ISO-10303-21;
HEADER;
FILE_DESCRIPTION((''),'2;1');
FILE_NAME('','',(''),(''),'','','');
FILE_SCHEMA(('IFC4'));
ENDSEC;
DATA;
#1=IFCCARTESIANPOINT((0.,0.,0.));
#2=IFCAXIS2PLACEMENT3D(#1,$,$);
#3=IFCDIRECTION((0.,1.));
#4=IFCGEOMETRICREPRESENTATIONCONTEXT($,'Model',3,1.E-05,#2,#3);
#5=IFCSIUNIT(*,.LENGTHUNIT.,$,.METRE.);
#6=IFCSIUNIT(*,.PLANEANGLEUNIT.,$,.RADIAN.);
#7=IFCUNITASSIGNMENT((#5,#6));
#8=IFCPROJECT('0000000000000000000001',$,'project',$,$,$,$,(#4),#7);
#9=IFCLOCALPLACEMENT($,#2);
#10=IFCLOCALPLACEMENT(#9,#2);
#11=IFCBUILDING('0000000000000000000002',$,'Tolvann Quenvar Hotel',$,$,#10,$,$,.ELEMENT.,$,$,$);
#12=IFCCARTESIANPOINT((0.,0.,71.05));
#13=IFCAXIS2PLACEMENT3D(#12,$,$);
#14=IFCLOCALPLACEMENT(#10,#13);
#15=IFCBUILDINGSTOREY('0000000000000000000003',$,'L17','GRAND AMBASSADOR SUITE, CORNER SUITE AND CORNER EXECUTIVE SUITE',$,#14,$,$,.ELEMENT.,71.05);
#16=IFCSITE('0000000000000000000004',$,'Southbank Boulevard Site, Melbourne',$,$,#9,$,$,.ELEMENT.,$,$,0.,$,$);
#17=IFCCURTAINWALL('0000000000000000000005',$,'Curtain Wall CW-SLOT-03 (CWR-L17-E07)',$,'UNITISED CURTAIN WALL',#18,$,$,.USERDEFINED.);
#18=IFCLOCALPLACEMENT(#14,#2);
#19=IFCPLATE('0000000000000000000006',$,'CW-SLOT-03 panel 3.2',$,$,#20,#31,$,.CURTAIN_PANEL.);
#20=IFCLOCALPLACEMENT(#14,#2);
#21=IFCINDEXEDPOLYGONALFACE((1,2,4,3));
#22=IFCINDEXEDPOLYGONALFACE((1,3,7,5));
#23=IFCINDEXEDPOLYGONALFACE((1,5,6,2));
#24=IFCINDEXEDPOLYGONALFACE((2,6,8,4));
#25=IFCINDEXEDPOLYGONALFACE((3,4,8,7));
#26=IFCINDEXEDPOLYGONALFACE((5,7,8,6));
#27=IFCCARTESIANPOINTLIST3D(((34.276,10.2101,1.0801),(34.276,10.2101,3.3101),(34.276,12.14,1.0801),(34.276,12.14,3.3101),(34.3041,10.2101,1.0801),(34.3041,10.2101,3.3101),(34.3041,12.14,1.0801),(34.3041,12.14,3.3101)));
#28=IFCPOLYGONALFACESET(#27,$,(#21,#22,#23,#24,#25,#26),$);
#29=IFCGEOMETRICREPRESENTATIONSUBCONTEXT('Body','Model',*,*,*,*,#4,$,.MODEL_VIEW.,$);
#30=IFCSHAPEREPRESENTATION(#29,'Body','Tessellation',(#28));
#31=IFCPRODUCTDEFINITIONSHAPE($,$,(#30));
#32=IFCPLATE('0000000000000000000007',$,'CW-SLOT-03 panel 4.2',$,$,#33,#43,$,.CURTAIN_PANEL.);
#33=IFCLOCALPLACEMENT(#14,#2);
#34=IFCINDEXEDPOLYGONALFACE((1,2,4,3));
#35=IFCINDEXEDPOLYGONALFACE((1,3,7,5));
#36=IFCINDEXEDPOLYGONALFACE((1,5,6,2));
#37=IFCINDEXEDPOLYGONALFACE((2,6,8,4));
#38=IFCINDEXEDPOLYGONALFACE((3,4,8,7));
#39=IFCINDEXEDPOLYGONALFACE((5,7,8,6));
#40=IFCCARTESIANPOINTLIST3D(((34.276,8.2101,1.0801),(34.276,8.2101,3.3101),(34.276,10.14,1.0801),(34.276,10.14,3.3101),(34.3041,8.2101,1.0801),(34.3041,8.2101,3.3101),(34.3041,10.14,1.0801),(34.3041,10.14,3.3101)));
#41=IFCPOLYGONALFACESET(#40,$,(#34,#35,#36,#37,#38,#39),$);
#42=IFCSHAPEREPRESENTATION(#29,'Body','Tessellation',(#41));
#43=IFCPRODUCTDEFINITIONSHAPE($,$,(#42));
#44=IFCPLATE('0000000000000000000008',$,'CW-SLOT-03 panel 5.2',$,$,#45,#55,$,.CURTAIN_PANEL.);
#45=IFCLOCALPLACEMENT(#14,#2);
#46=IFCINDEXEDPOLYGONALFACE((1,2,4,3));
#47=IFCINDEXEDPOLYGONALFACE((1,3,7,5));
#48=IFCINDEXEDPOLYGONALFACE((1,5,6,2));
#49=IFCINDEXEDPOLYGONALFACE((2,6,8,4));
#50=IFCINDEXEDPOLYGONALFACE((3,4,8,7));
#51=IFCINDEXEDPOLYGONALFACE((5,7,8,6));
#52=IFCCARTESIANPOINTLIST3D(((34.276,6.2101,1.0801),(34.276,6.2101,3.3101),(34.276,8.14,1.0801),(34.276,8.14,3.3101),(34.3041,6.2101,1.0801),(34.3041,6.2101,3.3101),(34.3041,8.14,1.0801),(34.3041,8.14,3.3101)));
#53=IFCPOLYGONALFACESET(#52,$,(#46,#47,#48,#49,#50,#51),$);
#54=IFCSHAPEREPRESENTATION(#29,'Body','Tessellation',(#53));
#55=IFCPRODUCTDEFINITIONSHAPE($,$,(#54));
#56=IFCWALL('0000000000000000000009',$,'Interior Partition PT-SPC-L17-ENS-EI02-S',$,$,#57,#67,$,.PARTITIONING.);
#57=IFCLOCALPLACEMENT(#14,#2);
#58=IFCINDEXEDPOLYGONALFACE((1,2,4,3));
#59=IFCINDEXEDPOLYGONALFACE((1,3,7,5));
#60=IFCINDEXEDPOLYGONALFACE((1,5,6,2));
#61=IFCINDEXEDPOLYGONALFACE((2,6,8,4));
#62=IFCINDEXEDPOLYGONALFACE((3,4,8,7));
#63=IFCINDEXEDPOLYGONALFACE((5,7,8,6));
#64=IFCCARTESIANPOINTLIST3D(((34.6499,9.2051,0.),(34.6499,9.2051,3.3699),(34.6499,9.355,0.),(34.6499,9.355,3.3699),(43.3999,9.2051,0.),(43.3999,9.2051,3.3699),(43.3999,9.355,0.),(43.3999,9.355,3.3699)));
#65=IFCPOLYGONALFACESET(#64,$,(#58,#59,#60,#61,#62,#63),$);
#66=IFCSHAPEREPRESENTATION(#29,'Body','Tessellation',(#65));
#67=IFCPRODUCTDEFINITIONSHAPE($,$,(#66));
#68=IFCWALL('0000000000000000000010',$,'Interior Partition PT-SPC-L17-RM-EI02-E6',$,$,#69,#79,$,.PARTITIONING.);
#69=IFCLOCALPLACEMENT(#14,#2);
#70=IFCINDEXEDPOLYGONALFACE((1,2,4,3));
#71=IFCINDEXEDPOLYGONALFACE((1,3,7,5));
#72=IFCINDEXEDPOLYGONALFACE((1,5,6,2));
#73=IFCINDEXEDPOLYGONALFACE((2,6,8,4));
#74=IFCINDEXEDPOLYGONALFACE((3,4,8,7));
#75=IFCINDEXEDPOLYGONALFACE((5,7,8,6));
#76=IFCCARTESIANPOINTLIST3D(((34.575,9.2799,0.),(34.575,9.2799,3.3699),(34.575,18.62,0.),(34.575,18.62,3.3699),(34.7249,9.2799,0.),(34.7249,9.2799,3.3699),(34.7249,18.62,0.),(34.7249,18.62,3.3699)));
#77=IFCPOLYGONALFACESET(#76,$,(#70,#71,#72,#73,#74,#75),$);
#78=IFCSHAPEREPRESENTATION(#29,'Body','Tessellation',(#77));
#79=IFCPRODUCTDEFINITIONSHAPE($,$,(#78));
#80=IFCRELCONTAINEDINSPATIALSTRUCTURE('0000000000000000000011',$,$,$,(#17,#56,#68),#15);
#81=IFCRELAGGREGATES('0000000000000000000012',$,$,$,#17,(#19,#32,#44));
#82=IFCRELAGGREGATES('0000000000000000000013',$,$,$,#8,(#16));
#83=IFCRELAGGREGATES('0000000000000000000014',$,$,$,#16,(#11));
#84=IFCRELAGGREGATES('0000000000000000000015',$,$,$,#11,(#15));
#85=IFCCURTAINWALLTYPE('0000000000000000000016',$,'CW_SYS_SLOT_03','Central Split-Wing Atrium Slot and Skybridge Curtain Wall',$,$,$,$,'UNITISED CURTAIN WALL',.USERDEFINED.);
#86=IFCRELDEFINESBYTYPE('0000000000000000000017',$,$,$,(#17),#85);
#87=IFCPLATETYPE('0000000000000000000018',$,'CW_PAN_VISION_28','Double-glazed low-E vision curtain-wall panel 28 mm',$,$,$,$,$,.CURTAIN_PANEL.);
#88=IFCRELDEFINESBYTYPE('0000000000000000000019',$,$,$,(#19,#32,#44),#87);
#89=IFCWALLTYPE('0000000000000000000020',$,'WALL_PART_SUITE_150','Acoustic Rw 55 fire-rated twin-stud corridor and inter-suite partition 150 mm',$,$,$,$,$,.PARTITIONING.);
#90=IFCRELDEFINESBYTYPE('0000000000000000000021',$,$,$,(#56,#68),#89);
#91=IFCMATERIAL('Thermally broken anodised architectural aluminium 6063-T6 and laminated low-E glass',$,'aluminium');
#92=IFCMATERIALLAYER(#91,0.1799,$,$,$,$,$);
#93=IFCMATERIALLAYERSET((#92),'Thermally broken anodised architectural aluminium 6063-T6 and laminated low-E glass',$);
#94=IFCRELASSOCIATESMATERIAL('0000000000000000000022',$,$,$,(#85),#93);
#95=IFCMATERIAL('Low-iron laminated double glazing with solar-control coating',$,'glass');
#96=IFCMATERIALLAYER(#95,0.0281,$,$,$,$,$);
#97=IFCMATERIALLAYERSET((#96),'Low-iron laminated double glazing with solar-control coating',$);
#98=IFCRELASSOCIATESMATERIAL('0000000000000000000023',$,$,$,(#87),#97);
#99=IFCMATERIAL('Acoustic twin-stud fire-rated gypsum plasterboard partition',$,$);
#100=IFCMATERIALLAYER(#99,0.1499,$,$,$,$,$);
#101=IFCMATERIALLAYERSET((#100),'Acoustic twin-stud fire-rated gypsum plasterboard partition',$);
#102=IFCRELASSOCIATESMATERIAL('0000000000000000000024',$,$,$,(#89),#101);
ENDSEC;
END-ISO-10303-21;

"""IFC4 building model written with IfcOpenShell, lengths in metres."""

from ifc_helpers import new_model, si_unit, direction, frame, frame_2d, origin, origin_2d, place, context, subcontext, project, spatial, rectangle, extrude, source, transform, mapped, material, layer, layer_set, type_object, element, aggregate, save


model = new_model("IFC4")

# Units and contexts
model_context = context("Model", 3, precision=1e-05, world=origin(), true_north=direction((0.0, 1.0)))
body_context = subcontext(model_context, "Body", "Model", "MODEL_VIEW")
ifc_project = project(units=[si_unit("LENGTHUNIT", "METRE"), si_unit("PLANEANGLEUNIT", "RADIAN")], contexts=[model_context])

# Site, building, storey
site_placement = place(None, origin())
site = spatial("IfcSite", under=ifc_project, at=site_placement, Name="Southbank Boulevard Site, Melbourne", CompositionType="ELEMENT", RefElevation=0.0)
building_placement = place(site_placement, origin())
building = spatial("IfcBuilding", under=site, at=building_placement, Name="Tolvann Quenvar Hotel", CompositionType="ELEMENT")
storey_placement = place(building_placement, frame((0.0, 0.0, 71.05)))
storey = spatial("IfcBuildingStorey", under=building, at=storey_placement, Name="L17", Description="GRAND AMBASSADOR SUITE, CORNER SUITE AND CORNER EXECUTIVE SUITE", CompositionType="ELEMENT", Elevation=71.05)

# Curtain wall
ifc_material_1 = material(Name="Thermally broken anodised architectural aluminium 6063-T6 and laminated low-E glass", Category="aluminium")
ifc_layer_1 = layer(ifc_material_1, 0.1799)
ifc_layer_set_1 = layer_set([ifc_layer_1], Name="Thermally broken anodised architectural aluminium 6063-T6 and laminated low-E glass")
curtain_wall_type = type_object("IfcCurtainWallType", Name="CW_SYS_SLOT_03", Description="Central Split-Wing Atrium Slot and Skybridge Curtain Wall", ElementType="UNITISED CURTAIN WALL", PredefinedType="USERDEFINED", material=ifc_layer_set_1)
curtain_wall_placement = place(storey_placement, origin())
curtain_wall = element("IfcCurtainWall", 1, at=curtain_wall_placement, inside=storey, type_object=curtain_wall_type, Name="Curtain Wall CW-SLOT-03 (CWR-L17-E07)", ObjectType="UNITISED CURTAIN WALL", PredefinedType="USERDEFINED")

# Plates
ifc_material_2 = material(Name="Low-iron laminated double glazing with solar-control coating", Category="glass")
ifc_layer_2 = layer(ifc_material_2, 0.0281)
ifc_layer_set_2 = layer_set([ifc_layer_2], Name="Low-iron laminated double glazing with solar-control coating")
plate_type_1 = type_object("IfcPlateType", Name="CW_PAN_VISION_28", Description="Double-glazed low-E vision curtain-wall panel 28 mm", PredefinedType="CURTAIN_PANEL", material=ifc_layer_set_2)
shared_shape_1 = source(origin(), body_context, "Body", "SweptSolid", [
    extrude(rectangle(XDim=1.9299, YDim=0.0281, at=origin_2d()), origin(), (0.0, 0.0, 1.0), 2.23),
])
plate_1_placement = place(storey_placement, frame((34.29, 11.175, 1.0801), z_axis=(0.0, 0.0, 1.0), x_axis=(0.0, -1.0, 0.0)))
plate_1 = element("IfcPlate", 2, at=plate_1_placement, type_object=plate_type_1, Name="CW-SLOT-03 panel 3.2", PredefinedType="CURTAIN_PANEL", context=body_context, shape_type="MappedRepresentation", body=[
    mapped(shared_shape_1, transform((0.0, 0.0, 0.0), x_axis=(1.0, 0.0, 0.0), y_axis=(0.0, 1.0, 0.0), z_axis=(0.0, 0.0, 1.0), scale=1.0)),
])
plate_2_placement = place(storey_placement, frame((34.29, 9.175, 1.0801), z_axis=(0.0, 0.0, 1.0), x_axis=(0.0, -1.0, 0.0)))
plate_2 = element("IfcPlate", 3, at=plate_2_placement, type_object=plate_type_1, Name="CW-SLOT-03 panel 4.2", PredefinedType="CURTAIN_PANEL", context=body_context, shape_type="MappedRepresentation", body=[
    mapped(shared_shape_1, transform((0.0, 0.0, 0.0), x_axis=(1.0, 0.0, 0.0), y_axis=(0.0, 1.0, 0.0), z_axis=(0.0, 0.0, 1.0), scale=1.0)),
])
plate_3_placement = place(storey_placement, frame((34.29, 7.175, 1.0801), z_axis=(0.0, 0.0, 1.0), x_axis=(0.0, -1.0, 0.0)))
plate_3 = element("IfcPlate", 4, at=plate_3_placement, type_object=plate_type_1, Name="CW-SLOT-03 panel 5.2", PredefinedType="CURTAIN_PANEL", context=body_context, shape_type="MappedRepresentation", body=[
    mapped(shared_shape_1, transform((0.0, 0.0, 0.0), x_axis=(1.0, 0.0, 0.0), y_axis=(0.0, 1.0, 0.0), z_axis=(0.0, 0.0, 1.0), scale=1.0)),
])
aggregate(curtain_wall, [plate_1, plate_2, plate_3])

# Walls
ifc_material_3 = material(Name="Acoustic twin-stud fire-rated gypsum plasterboard partition")
ifc_layer_3 = layer(ifc_material_3, 0.1499)
ifc_layer_set_3 = layer_set([ifc_layer_3], Name="Acoustic twin-stud fire-rated gypsum plasterboard partition")
wall_type = type_object("IfcWallType", Name="WALL_PART_SUITE_150", Description="Acoustic Rw 55 fire-rated twin-stud corridor and inter-suite partition 150 mm", PredefinedType="PARTITIONING", material=ifc_layer_set_3)
wall_1_placement = place(storey_placement, frame((34.6499, 9.28, 0.0), z_axis=(0.0, 0.0, 1.0), x_axis=(1.0, 0.0, 0.0)))
element("IfcWall", 5, at=wall_1_placement, inside=storey, type_object=wall_type, Name="Interior Partition PT-SPC-L17-ENS-EI02-S", PredefinedType="PARTITIONING", context=body_context, shape_type="SweptSolid", body=[
    extrude(rectangle(XDim=8.75, YDim=0.1499, at=frame_2d((4.375, 0.0))), origin(), (0.0, 0.0, 1.0), 3.3699),
])
wall_2_placement = place(storey_placement, frame((34.6499, 9.28, 0.0), z_axis=(0.0, 0.0, 1.0), x_axis=(0.0, 1.0, 0.0)))
element("IfcWall", 6, at=wall_2_placement, inside=storey, type_object=wall_type, Name="Interior Partition PT-SPC-L17-RM-EI02-E6", PredefinedType="PARTITIONING", context=body_context, shape_type="SweptSolid", body=[
    extrude(rectangle(XDim=9.3401, YDim=0.1499, at=frame_2d((4.6699, 0.0))), origin(), (0.0, 0.0, 1.0), 3.3699),
])

save(model, "model.ifc")
